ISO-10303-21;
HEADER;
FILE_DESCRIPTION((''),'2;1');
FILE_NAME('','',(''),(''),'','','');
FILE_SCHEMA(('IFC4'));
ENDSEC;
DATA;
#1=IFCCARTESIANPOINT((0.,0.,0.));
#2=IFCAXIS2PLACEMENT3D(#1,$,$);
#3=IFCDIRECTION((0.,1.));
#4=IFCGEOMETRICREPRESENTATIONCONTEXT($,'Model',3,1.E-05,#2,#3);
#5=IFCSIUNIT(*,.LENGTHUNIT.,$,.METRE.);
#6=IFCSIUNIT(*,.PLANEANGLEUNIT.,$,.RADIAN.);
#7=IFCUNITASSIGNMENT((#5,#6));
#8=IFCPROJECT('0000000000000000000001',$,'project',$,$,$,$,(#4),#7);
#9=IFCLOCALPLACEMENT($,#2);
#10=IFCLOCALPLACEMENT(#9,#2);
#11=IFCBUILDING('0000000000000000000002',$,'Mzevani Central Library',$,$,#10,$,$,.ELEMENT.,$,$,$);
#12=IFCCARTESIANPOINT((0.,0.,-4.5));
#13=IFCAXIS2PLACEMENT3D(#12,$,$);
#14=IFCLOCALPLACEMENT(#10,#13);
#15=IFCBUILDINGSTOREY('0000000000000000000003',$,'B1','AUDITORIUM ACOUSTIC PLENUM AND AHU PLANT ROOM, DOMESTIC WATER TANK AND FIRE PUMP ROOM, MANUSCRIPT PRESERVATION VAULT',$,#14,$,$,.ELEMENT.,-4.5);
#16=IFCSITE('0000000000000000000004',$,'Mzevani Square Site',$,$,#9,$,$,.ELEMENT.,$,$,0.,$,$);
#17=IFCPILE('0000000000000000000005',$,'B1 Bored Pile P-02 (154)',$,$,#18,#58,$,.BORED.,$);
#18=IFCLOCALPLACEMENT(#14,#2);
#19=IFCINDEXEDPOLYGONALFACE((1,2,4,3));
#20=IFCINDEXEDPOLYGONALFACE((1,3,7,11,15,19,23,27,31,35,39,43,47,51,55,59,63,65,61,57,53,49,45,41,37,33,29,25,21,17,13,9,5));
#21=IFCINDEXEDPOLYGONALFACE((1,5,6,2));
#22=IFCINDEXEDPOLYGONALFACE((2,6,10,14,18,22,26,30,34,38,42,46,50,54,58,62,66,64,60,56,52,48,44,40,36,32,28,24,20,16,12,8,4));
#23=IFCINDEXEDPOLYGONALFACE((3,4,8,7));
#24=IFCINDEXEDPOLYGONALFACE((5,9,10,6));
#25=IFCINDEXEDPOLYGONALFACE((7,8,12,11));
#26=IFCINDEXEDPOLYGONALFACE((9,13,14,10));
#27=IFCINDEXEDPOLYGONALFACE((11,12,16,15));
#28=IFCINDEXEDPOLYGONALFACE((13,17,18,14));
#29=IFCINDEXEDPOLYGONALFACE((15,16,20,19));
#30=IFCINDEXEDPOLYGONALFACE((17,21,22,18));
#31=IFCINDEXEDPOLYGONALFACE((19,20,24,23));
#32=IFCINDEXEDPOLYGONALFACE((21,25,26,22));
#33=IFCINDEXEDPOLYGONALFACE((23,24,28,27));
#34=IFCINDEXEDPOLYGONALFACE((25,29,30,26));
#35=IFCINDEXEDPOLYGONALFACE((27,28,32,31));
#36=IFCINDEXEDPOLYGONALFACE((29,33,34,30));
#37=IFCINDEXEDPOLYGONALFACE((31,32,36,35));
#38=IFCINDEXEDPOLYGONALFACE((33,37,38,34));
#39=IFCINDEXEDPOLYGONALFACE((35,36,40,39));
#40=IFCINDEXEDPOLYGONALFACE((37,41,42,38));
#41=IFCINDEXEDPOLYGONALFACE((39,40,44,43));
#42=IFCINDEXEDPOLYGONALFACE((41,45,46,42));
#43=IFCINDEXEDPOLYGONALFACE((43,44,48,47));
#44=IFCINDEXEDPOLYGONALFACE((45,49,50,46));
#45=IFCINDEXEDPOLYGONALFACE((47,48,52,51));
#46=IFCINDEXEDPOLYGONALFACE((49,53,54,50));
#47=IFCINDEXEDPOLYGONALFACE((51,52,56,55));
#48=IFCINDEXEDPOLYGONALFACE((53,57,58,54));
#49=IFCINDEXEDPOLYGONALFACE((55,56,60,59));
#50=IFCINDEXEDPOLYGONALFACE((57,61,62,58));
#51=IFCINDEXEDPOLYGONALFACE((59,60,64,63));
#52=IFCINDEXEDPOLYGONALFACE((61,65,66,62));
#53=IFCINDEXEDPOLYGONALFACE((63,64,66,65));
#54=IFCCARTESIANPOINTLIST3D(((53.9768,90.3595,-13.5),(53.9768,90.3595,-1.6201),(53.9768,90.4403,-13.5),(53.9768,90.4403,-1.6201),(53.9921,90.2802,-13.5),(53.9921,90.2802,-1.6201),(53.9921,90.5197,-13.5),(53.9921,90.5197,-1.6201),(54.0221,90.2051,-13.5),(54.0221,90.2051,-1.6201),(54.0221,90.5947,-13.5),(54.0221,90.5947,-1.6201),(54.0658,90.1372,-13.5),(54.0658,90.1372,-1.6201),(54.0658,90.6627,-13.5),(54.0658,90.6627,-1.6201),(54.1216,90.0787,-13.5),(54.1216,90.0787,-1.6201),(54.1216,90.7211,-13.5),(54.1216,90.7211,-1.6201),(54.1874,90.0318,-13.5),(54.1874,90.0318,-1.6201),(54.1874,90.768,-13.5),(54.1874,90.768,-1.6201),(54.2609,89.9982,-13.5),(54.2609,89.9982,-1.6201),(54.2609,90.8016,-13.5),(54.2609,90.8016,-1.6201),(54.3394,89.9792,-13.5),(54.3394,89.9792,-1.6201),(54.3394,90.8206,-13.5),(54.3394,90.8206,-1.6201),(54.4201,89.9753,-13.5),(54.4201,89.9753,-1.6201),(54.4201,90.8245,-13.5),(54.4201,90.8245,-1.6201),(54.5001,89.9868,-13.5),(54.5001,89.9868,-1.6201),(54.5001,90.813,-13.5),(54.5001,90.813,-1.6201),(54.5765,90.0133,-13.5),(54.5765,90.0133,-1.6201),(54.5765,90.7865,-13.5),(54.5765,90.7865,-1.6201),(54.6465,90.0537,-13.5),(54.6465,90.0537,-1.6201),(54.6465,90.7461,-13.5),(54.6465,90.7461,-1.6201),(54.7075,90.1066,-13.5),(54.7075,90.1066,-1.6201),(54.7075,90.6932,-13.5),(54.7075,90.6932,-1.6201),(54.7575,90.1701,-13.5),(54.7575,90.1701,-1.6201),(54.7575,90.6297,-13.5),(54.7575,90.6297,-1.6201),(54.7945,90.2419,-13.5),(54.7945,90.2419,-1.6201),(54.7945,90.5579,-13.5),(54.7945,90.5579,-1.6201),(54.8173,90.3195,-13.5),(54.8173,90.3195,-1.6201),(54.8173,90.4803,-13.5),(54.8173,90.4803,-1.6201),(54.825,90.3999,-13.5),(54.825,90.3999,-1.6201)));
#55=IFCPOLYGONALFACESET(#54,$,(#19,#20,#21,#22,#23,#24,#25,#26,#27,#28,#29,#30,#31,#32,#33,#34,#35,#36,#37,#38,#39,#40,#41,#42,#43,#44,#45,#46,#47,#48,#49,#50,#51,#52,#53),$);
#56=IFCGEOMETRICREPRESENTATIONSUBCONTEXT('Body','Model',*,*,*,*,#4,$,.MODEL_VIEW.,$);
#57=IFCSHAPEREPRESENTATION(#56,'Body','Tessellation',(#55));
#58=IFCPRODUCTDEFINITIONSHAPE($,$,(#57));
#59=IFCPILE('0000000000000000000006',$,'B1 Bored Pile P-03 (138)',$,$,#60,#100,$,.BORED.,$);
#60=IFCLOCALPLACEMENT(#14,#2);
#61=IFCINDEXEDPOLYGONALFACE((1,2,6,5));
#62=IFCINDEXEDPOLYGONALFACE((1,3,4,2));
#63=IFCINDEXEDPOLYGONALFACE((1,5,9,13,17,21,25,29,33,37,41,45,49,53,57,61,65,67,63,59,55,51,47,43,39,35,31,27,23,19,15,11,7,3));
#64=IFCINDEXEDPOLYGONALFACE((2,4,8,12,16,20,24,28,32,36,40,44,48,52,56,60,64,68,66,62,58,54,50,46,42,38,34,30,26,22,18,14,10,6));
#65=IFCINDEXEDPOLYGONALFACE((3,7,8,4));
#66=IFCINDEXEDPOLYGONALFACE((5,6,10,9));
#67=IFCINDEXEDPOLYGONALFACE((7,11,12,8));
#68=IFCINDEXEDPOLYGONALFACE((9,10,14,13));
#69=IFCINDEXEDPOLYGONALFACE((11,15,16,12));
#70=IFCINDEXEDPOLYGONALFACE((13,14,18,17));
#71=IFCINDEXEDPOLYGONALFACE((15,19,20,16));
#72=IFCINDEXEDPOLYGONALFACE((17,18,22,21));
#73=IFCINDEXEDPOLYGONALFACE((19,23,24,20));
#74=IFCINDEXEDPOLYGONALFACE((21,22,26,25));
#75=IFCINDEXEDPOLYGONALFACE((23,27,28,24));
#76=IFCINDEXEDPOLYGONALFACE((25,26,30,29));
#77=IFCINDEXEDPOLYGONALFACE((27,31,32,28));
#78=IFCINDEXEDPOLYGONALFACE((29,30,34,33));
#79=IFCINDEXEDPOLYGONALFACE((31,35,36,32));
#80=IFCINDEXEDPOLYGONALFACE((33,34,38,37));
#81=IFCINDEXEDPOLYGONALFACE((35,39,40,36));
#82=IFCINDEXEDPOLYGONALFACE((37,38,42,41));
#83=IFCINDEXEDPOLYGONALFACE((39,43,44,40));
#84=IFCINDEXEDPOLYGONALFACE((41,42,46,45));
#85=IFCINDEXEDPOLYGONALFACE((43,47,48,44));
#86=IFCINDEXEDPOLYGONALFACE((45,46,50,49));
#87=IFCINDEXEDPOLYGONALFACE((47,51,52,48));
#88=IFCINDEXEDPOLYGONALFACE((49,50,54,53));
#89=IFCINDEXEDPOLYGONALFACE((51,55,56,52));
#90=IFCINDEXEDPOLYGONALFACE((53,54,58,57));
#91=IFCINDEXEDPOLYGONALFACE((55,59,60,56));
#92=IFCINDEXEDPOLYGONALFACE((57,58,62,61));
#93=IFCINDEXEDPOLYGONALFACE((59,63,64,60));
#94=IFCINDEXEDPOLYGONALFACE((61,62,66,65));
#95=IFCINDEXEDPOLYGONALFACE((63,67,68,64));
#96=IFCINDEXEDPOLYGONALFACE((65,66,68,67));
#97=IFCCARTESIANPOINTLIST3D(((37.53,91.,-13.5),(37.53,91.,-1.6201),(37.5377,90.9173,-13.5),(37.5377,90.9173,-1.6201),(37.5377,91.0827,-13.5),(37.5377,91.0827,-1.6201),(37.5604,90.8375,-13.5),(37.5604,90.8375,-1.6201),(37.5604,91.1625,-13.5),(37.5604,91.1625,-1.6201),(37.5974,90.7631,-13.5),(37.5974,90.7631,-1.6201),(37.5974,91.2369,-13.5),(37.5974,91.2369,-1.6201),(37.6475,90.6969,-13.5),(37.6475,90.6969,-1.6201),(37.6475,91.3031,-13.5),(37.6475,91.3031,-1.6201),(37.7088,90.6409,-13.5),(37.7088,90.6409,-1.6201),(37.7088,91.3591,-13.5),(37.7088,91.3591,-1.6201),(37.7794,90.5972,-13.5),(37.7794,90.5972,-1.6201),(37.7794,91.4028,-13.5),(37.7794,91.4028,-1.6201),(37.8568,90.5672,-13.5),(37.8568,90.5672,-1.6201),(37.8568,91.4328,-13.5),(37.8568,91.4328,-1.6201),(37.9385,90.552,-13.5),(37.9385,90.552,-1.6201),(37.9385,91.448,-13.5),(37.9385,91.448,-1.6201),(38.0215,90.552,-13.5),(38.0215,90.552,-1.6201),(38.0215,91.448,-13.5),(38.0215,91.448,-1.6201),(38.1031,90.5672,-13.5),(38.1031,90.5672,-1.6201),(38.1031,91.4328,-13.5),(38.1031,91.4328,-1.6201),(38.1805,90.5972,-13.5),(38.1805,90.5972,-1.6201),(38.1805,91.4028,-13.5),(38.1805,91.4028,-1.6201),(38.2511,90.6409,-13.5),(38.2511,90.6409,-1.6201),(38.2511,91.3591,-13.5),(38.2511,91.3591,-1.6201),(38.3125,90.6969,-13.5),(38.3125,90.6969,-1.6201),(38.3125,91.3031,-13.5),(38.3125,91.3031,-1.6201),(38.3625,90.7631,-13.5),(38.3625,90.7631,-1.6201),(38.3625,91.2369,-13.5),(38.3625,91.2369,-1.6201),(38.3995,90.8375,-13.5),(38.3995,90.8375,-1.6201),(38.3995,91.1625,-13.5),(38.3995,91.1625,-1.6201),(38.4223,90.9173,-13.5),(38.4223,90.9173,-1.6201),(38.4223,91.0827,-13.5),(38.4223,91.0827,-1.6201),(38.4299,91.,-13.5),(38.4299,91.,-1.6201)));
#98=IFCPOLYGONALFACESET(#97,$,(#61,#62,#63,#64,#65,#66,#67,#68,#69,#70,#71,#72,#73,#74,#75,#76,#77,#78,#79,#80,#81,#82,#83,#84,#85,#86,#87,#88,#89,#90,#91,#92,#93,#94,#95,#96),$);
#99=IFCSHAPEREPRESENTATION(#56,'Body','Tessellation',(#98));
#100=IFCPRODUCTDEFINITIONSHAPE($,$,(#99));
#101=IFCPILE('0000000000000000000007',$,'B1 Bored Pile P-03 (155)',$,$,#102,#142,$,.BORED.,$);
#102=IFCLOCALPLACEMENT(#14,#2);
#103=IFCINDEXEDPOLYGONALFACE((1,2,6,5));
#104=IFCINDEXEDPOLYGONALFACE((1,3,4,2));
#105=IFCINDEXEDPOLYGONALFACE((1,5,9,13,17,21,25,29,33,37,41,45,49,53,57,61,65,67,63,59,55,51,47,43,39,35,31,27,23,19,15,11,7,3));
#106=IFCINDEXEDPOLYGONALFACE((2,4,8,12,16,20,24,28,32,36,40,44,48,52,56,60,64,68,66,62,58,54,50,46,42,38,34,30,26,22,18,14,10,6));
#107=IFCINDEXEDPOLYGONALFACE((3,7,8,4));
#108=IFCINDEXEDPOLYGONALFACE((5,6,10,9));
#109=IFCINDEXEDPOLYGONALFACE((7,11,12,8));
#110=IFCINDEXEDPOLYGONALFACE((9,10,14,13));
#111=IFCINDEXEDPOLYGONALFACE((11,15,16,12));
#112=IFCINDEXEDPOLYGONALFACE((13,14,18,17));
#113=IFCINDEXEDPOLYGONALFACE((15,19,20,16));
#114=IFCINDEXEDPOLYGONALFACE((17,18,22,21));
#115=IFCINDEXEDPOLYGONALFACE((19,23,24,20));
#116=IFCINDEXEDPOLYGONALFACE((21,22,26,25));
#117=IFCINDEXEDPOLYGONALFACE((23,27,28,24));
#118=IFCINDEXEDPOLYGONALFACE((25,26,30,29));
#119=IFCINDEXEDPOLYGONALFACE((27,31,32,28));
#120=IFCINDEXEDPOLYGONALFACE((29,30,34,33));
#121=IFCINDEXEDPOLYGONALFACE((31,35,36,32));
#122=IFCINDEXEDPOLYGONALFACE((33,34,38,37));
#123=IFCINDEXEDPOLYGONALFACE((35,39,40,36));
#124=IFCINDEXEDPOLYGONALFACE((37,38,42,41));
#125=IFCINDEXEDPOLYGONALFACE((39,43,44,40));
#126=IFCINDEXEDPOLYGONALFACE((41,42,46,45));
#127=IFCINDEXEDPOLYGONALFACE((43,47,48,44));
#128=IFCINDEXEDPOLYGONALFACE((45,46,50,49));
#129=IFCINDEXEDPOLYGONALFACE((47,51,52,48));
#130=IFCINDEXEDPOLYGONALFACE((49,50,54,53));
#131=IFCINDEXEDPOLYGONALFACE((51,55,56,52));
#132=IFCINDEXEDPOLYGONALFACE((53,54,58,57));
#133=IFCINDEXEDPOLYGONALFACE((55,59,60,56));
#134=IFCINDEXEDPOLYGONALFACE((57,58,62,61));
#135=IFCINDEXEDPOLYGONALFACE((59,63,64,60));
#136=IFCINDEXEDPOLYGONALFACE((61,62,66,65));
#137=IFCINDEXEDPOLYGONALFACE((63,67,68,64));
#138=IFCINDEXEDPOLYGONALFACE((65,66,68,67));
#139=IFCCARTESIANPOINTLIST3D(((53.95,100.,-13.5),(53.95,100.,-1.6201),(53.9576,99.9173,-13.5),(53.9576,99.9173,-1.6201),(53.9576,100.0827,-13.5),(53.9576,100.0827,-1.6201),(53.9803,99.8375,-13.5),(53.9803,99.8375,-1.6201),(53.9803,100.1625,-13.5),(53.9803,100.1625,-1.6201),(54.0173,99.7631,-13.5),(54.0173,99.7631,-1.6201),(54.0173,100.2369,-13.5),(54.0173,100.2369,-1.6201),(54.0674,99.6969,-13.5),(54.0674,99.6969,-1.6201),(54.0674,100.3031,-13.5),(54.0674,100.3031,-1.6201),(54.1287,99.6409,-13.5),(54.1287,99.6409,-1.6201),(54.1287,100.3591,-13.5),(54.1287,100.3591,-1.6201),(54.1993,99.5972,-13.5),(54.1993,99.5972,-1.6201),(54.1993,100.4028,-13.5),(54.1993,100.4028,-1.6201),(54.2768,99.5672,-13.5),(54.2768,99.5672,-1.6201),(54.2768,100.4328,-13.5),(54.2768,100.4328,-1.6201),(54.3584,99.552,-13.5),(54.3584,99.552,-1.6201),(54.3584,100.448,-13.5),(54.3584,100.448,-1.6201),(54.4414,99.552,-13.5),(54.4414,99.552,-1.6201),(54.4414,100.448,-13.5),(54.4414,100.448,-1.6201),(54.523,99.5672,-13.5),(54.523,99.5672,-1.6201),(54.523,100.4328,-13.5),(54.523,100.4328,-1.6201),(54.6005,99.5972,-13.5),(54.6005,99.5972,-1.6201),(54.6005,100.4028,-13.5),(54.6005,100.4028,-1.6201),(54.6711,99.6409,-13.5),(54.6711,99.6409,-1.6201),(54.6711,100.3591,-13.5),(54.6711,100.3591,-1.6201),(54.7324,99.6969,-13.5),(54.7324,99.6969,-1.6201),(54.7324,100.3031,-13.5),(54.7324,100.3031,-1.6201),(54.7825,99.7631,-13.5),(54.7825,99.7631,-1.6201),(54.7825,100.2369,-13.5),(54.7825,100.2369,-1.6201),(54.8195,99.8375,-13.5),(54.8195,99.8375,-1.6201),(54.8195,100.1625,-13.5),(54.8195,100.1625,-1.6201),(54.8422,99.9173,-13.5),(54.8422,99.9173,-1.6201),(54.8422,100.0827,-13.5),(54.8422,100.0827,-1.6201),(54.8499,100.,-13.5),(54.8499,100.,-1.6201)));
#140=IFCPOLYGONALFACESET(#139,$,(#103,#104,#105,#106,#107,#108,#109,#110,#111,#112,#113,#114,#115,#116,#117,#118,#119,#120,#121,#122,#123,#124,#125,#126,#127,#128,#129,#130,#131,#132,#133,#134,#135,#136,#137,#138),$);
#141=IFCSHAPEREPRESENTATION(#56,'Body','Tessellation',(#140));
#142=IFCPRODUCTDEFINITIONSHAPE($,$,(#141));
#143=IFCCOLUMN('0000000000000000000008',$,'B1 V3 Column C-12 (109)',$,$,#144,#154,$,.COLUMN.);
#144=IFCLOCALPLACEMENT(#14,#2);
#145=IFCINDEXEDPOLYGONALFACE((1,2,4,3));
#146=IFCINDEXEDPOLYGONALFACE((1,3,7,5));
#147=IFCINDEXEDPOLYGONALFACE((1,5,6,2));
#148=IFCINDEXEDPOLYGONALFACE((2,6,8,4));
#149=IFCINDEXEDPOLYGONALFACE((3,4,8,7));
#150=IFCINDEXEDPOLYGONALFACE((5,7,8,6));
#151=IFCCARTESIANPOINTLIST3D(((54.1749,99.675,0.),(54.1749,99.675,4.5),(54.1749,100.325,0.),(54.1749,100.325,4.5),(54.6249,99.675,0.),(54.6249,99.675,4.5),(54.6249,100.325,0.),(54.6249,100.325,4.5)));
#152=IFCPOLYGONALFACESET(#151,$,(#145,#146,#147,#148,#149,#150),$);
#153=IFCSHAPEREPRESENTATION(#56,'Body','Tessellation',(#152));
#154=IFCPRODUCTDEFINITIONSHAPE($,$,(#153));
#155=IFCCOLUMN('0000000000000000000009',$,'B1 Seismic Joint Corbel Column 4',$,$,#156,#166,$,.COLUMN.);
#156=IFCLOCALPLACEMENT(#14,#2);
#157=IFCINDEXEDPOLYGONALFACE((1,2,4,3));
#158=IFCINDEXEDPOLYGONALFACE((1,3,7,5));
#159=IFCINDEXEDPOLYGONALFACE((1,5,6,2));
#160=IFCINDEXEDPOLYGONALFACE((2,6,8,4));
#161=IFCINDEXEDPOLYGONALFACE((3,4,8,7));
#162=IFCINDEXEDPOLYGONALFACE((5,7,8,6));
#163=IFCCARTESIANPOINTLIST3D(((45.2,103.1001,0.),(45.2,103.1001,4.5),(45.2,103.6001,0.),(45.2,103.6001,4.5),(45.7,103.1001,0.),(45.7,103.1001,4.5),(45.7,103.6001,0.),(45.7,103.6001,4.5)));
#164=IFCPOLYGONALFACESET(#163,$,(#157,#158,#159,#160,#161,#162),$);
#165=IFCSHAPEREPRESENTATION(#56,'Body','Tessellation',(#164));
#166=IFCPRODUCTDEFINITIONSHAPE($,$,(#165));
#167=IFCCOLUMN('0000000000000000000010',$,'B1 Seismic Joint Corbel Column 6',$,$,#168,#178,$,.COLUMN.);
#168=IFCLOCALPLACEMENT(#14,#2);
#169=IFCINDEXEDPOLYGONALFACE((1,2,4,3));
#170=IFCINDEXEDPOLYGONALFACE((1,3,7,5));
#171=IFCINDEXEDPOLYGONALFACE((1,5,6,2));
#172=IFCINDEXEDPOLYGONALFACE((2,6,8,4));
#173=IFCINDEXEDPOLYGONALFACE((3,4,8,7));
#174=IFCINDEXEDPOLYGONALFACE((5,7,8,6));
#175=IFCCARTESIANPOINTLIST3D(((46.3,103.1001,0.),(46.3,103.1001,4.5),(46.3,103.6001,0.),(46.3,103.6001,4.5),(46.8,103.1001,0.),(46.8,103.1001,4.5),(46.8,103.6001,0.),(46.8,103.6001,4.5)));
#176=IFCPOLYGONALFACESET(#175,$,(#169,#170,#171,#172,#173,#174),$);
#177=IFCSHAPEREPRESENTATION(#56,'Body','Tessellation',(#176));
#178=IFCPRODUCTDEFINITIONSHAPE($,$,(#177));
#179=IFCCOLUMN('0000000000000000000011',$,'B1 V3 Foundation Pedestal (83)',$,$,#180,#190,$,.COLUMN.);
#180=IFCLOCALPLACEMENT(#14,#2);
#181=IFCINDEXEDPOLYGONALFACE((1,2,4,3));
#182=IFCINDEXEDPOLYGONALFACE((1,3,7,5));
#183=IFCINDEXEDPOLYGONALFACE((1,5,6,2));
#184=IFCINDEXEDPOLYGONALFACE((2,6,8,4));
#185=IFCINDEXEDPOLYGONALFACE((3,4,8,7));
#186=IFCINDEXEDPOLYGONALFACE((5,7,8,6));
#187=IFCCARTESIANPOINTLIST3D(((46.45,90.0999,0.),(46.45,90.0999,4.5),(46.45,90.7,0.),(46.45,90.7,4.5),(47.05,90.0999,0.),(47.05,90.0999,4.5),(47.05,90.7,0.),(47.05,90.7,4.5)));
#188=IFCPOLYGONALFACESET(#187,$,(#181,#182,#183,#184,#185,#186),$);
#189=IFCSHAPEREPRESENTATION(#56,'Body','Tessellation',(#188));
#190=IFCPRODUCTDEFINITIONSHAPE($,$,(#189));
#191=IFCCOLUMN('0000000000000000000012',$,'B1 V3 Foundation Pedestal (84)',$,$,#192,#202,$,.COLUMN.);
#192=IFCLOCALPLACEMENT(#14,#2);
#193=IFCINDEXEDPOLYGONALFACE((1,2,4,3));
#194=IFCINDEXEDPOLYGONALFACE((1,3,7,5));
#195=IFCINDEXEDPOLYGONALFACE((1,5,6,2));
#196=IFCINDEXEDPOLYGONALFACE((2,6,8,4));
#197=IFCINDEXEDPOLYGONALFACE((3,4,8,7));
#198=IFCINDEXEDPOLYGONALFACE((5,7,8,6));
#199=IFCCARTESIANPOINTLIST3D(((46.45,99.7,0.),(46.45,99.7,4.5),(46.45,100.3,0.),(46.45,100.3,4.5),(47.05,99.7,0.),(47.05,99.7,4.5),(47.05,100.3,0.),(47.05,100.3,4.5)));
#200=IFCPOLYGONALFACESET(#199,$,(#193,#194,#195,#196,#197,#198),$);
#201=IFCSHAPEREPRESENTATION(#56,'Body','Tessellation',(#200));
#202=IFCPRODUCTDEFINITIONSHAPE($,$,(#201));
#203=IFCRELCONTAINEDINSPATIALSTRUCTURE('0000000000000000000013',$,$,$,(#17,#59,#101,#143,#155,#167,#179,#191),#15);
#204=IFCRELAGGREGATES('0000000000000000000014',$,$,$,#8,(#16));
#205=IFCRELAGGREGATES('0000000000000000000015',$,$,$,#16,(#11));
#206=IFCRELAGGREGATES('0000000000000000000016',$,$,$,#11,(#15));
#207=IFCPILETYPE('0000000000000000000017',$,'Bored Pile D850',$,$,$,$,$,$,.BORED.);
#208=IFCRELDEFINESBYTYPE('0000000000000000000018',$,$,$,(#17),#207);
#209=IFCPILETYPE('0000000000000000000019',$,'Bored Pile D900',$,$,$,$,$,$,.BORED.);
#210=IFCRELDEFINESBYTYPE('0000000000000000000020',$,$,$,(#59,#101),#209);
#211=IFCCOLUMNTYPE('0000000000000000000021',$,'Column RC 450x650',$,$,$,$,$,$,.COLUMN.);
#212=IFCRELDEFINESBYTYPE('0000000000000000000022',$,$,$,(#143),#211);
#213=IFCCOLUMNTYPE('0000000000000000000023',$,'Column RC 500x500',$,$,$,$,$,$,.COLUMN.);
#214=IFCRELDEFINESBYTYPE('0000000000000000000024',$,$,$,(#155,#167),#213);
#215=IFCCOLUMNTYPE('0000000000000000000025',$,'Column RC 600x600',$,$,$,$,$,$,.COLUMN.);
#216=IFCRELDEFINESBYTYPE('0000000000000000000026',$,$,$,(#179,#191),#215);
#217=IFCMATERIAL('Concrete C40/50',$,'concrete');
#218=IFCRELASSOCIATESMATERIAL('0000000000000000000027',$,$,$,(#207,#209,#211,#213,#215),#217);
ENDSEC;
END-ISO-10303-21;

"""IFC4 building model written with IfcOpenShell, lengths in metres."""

from ifc_helpers import new_model, si_unit, direction, frame, origin, origin_2d, place, context, subcontext, project, spatial, rectangle, circle, extrude, material, material_profile, profile_set, type_object, element, save


model = new_model("IFC4")

# Units and contexts
model_context = context("Model", 3, precision=1e-05, world=origin(), true_north=direction((0.0, 1.0)))
body_context = subcontext(model_context, "Body", "Model", "MODEL_VIEW")
ifc_project = project(units=[si_unit("LENGTHUNIT", "METRE"), si_unit("PLANEANGLEUNIT", "RADIAN")], contexts=[model_context])

# Site, building, storey
site_placement = place(None, origin())
site = spatial("IfcSite", under=ifc_project, at=site_placement, Name="Mzevani Square Site", CompositionType="ELEMENT", RefElevation=0.0)
building_placement = place(site_placement, origin())
building = spatial("IfcBuilding", under=site, at=building_placement, Name="Mzevani Central Library", CompositionType="ELEMENT")
storey_placement = place(building_placement, frame((0.0, 0.0, -4.5)))
storey = spatial("IfcBuildingStorey", under=building, at=storey_placement, Name="B1", Description="AUDITORIUM ACOUSTIC PLENUM AND AHU PLANT ROOM, DOMESTIC WATER TANK AND FIRE PUMP ROOM, MANUSCRIPT PRESERVATION VAULT", CompositionType="ELEMENT", Elevation=-4.5)

# Piles
ifc_material_1 = material(Name="Concrete C40/50", Category="concrete")
ifc_material_profile_1 = material_profile(ifc_material_1, circle(Radius=0.425, at=origin_2d()), Name="PILE D850")
ifc_profile_set_1 = profile_set([ifc_material_profile_1], Name="Concrete C40/50")
pile_type_1 = type_object("IfcPileType", Name="Bored Pile D850", PredefinedType="BORED", material=ifc_profile_set_1)
pile_1_placement = place(storey_placement, frame((54.3999, 90.3999, -1.6201), z_axis=(0.0, 0.0, -1.0), x_axis=(1.0, 0.0, 0.0)))
element("IfcPile", 1, at=pile_1_placement, inside=storey, type_object=pile_type_1, Name="B1 Bored Pile P-02 (154)", PredefinedType="BORED", context=body_context, shape_type="SweptSolid", body=[
    extrude(circle(Radius=0.425, at=origin_2d()), origin(), (0.0, 0.0, 1.0), 11.8799),
])
ifc_material_profile_2 = material_profile(ifc_material_1, circle(Radius=0.45, at=origin_2d()), Name="PILE D900")
ifc_profile_set_2 = profile_set([ifc_material_profile_2], Name="Concrete C40/50")
pile_type_2 = type_object("IfcPileType", Name="Bored Pile D900", PredefinedType="BORED", material=ifc_profile_set_2)
for number, where, z_axis, x_axis, name in (
    (2, (37.98, 91.0, -1.6201), (0.0, 0.0, -1.0), (1.0, 0.0, 0.0), "B1 Bored Pile P-03 (138)"),
    (3, (54.3999, 100.0, -1.6201), (0.0, 0.0, -1.0), (1.0, 0.0, 0.0), "B1 Bored Pile P-03 (155)"),
):
    element("IfcPile", number, at=place(storey_placement, frame(where, z_axis=z_axis, x_axis=x_axis)), inside=storey, type_object=pile_type_2, Name=name, PredefinedType="BORED", context=body_context, shape_type="SweptSolid", body=[
        extrude(circle(Radius=0.45, at=origin_2d()), origin(), (0.0, 0.0, 1.0), 11.8799),
    ])

# Columns
ifc_material_profile_3 = material_profile(ifc_material_1, rectangle(XDim=0.45, YDim=0.6499, at=origin_2d()), Name="RC 450x650")
ifc_profile_set_3 = profile_set([ifc_material_profile_3], Name="Concrete C40/50")
column_type_1 = type_object("IfcColumnType", Name="Column RC 450x650", PredefinedType="COLUMN", material=ifc_profile_set_3)
column_placement = place(storey_placement, frame((54.3999, 100.0, 0.0), z_axis=(0.0, 0.0, 1.0), x_axis=(1.0, 0.0, 0.0)))
element("IfcColumn", 4, at=column_placement, inside=storey, type_object=column_type_1, Name="B1 V3 Column C-12 (109)", PredefinedType="COLUMN", context=body_context, shape_type="SweptSolid", body=[
    extrude(rectangle(XDim=0.45, YDim=0.6499, at=origin_2d()), origin(), (0.0, 0.0, 1.0), 4.5),
])
ifc_material_profile_4 = material_profile(ifc_material_1, rectangle(XDim=0.5, YDim=0.5, at=origin_2d()), Name="RC 500x500")
ifc_profile_set_4 = profile_set([ifc_material_profile_4], Name="Concrete C40/50")
column_type_2 = type_object("IfcColumnType", Name="Column RC 500x500", PredefinedType="COLUMN", material=ifc_profile_set_4)
for number, where, z_axis, x_axis, name in (
    (5, (45.45, 103.3501, 0.0), (0.0, 0.0, 1.0), (1.0, 0.0, 0.0), "B1 Seismic Joint Corbel Column 4"),
    (6, (46.55, 103.3501, 0.0), (0.0, 0.0, 1.0), (1.0, 0.0, 0.0), "B1 Seismic Joint Corbel Column 6"),
):
    element("IfcColumn", number, at=place(storey_placement, frame(where, z_axis=z_axis, x_axis=x_axis)), inside=storey, type_object=column_type_2, Name=name, PredefinedType="COLUMN", context=body_context, shape_type="SweptSolid", body=[
        extrude(rectangle(XDim=0.5, YDim=0.5, at=origin_2d()), origin(), (0.0, 0.0, 1.0), 4.5),
    ])
ifc_material_profile_5 = material_profile(ifc_material_1, rectangle(XDim=0.6001, YDim=0.6001, at=origin_2d()), Name="RC 600x600")
ifc_profile_set_5 = profile_set([ifc_material_profile_5], Name="Concrete C40/50")
column_type_3 = type_object("IfcColumnType", Name="Column RC 600x600", PredefinedType="COLUMN", material=ifc_profile_set_5)
for number, where, z_axis, x_axis, name in (
    (7, (46.75, 90.3999, 0.0), (0.0, 0.0, 1.0), (1.0, 0.0, 0.0), "B1 V3 Foundation Pedestal (83)"),
    (8, (46.75, 100.0, 0.0), (0.0, 0.0, 1.0), (1.0, 0.0, 0.0), "B1 V3 Foundation Pedestal (84)"),
):
    element("IfcColumn", number, at=place(storey_placement, frame(where, z_axis=z_axis, x_axis=x_axis)), inside=storey, type_object=column_type_3, Name=name, PredefinedType="COLUMN", context=body_context, shape_type="SweptSolid", body=[
        extrude(rectangle(XDim=0.6001, YDim=0.6001, at=origin_2d()), origin(), (0.0, 0.0, 1.0), 4.5),
    ])

save(model, "model.ifc")
